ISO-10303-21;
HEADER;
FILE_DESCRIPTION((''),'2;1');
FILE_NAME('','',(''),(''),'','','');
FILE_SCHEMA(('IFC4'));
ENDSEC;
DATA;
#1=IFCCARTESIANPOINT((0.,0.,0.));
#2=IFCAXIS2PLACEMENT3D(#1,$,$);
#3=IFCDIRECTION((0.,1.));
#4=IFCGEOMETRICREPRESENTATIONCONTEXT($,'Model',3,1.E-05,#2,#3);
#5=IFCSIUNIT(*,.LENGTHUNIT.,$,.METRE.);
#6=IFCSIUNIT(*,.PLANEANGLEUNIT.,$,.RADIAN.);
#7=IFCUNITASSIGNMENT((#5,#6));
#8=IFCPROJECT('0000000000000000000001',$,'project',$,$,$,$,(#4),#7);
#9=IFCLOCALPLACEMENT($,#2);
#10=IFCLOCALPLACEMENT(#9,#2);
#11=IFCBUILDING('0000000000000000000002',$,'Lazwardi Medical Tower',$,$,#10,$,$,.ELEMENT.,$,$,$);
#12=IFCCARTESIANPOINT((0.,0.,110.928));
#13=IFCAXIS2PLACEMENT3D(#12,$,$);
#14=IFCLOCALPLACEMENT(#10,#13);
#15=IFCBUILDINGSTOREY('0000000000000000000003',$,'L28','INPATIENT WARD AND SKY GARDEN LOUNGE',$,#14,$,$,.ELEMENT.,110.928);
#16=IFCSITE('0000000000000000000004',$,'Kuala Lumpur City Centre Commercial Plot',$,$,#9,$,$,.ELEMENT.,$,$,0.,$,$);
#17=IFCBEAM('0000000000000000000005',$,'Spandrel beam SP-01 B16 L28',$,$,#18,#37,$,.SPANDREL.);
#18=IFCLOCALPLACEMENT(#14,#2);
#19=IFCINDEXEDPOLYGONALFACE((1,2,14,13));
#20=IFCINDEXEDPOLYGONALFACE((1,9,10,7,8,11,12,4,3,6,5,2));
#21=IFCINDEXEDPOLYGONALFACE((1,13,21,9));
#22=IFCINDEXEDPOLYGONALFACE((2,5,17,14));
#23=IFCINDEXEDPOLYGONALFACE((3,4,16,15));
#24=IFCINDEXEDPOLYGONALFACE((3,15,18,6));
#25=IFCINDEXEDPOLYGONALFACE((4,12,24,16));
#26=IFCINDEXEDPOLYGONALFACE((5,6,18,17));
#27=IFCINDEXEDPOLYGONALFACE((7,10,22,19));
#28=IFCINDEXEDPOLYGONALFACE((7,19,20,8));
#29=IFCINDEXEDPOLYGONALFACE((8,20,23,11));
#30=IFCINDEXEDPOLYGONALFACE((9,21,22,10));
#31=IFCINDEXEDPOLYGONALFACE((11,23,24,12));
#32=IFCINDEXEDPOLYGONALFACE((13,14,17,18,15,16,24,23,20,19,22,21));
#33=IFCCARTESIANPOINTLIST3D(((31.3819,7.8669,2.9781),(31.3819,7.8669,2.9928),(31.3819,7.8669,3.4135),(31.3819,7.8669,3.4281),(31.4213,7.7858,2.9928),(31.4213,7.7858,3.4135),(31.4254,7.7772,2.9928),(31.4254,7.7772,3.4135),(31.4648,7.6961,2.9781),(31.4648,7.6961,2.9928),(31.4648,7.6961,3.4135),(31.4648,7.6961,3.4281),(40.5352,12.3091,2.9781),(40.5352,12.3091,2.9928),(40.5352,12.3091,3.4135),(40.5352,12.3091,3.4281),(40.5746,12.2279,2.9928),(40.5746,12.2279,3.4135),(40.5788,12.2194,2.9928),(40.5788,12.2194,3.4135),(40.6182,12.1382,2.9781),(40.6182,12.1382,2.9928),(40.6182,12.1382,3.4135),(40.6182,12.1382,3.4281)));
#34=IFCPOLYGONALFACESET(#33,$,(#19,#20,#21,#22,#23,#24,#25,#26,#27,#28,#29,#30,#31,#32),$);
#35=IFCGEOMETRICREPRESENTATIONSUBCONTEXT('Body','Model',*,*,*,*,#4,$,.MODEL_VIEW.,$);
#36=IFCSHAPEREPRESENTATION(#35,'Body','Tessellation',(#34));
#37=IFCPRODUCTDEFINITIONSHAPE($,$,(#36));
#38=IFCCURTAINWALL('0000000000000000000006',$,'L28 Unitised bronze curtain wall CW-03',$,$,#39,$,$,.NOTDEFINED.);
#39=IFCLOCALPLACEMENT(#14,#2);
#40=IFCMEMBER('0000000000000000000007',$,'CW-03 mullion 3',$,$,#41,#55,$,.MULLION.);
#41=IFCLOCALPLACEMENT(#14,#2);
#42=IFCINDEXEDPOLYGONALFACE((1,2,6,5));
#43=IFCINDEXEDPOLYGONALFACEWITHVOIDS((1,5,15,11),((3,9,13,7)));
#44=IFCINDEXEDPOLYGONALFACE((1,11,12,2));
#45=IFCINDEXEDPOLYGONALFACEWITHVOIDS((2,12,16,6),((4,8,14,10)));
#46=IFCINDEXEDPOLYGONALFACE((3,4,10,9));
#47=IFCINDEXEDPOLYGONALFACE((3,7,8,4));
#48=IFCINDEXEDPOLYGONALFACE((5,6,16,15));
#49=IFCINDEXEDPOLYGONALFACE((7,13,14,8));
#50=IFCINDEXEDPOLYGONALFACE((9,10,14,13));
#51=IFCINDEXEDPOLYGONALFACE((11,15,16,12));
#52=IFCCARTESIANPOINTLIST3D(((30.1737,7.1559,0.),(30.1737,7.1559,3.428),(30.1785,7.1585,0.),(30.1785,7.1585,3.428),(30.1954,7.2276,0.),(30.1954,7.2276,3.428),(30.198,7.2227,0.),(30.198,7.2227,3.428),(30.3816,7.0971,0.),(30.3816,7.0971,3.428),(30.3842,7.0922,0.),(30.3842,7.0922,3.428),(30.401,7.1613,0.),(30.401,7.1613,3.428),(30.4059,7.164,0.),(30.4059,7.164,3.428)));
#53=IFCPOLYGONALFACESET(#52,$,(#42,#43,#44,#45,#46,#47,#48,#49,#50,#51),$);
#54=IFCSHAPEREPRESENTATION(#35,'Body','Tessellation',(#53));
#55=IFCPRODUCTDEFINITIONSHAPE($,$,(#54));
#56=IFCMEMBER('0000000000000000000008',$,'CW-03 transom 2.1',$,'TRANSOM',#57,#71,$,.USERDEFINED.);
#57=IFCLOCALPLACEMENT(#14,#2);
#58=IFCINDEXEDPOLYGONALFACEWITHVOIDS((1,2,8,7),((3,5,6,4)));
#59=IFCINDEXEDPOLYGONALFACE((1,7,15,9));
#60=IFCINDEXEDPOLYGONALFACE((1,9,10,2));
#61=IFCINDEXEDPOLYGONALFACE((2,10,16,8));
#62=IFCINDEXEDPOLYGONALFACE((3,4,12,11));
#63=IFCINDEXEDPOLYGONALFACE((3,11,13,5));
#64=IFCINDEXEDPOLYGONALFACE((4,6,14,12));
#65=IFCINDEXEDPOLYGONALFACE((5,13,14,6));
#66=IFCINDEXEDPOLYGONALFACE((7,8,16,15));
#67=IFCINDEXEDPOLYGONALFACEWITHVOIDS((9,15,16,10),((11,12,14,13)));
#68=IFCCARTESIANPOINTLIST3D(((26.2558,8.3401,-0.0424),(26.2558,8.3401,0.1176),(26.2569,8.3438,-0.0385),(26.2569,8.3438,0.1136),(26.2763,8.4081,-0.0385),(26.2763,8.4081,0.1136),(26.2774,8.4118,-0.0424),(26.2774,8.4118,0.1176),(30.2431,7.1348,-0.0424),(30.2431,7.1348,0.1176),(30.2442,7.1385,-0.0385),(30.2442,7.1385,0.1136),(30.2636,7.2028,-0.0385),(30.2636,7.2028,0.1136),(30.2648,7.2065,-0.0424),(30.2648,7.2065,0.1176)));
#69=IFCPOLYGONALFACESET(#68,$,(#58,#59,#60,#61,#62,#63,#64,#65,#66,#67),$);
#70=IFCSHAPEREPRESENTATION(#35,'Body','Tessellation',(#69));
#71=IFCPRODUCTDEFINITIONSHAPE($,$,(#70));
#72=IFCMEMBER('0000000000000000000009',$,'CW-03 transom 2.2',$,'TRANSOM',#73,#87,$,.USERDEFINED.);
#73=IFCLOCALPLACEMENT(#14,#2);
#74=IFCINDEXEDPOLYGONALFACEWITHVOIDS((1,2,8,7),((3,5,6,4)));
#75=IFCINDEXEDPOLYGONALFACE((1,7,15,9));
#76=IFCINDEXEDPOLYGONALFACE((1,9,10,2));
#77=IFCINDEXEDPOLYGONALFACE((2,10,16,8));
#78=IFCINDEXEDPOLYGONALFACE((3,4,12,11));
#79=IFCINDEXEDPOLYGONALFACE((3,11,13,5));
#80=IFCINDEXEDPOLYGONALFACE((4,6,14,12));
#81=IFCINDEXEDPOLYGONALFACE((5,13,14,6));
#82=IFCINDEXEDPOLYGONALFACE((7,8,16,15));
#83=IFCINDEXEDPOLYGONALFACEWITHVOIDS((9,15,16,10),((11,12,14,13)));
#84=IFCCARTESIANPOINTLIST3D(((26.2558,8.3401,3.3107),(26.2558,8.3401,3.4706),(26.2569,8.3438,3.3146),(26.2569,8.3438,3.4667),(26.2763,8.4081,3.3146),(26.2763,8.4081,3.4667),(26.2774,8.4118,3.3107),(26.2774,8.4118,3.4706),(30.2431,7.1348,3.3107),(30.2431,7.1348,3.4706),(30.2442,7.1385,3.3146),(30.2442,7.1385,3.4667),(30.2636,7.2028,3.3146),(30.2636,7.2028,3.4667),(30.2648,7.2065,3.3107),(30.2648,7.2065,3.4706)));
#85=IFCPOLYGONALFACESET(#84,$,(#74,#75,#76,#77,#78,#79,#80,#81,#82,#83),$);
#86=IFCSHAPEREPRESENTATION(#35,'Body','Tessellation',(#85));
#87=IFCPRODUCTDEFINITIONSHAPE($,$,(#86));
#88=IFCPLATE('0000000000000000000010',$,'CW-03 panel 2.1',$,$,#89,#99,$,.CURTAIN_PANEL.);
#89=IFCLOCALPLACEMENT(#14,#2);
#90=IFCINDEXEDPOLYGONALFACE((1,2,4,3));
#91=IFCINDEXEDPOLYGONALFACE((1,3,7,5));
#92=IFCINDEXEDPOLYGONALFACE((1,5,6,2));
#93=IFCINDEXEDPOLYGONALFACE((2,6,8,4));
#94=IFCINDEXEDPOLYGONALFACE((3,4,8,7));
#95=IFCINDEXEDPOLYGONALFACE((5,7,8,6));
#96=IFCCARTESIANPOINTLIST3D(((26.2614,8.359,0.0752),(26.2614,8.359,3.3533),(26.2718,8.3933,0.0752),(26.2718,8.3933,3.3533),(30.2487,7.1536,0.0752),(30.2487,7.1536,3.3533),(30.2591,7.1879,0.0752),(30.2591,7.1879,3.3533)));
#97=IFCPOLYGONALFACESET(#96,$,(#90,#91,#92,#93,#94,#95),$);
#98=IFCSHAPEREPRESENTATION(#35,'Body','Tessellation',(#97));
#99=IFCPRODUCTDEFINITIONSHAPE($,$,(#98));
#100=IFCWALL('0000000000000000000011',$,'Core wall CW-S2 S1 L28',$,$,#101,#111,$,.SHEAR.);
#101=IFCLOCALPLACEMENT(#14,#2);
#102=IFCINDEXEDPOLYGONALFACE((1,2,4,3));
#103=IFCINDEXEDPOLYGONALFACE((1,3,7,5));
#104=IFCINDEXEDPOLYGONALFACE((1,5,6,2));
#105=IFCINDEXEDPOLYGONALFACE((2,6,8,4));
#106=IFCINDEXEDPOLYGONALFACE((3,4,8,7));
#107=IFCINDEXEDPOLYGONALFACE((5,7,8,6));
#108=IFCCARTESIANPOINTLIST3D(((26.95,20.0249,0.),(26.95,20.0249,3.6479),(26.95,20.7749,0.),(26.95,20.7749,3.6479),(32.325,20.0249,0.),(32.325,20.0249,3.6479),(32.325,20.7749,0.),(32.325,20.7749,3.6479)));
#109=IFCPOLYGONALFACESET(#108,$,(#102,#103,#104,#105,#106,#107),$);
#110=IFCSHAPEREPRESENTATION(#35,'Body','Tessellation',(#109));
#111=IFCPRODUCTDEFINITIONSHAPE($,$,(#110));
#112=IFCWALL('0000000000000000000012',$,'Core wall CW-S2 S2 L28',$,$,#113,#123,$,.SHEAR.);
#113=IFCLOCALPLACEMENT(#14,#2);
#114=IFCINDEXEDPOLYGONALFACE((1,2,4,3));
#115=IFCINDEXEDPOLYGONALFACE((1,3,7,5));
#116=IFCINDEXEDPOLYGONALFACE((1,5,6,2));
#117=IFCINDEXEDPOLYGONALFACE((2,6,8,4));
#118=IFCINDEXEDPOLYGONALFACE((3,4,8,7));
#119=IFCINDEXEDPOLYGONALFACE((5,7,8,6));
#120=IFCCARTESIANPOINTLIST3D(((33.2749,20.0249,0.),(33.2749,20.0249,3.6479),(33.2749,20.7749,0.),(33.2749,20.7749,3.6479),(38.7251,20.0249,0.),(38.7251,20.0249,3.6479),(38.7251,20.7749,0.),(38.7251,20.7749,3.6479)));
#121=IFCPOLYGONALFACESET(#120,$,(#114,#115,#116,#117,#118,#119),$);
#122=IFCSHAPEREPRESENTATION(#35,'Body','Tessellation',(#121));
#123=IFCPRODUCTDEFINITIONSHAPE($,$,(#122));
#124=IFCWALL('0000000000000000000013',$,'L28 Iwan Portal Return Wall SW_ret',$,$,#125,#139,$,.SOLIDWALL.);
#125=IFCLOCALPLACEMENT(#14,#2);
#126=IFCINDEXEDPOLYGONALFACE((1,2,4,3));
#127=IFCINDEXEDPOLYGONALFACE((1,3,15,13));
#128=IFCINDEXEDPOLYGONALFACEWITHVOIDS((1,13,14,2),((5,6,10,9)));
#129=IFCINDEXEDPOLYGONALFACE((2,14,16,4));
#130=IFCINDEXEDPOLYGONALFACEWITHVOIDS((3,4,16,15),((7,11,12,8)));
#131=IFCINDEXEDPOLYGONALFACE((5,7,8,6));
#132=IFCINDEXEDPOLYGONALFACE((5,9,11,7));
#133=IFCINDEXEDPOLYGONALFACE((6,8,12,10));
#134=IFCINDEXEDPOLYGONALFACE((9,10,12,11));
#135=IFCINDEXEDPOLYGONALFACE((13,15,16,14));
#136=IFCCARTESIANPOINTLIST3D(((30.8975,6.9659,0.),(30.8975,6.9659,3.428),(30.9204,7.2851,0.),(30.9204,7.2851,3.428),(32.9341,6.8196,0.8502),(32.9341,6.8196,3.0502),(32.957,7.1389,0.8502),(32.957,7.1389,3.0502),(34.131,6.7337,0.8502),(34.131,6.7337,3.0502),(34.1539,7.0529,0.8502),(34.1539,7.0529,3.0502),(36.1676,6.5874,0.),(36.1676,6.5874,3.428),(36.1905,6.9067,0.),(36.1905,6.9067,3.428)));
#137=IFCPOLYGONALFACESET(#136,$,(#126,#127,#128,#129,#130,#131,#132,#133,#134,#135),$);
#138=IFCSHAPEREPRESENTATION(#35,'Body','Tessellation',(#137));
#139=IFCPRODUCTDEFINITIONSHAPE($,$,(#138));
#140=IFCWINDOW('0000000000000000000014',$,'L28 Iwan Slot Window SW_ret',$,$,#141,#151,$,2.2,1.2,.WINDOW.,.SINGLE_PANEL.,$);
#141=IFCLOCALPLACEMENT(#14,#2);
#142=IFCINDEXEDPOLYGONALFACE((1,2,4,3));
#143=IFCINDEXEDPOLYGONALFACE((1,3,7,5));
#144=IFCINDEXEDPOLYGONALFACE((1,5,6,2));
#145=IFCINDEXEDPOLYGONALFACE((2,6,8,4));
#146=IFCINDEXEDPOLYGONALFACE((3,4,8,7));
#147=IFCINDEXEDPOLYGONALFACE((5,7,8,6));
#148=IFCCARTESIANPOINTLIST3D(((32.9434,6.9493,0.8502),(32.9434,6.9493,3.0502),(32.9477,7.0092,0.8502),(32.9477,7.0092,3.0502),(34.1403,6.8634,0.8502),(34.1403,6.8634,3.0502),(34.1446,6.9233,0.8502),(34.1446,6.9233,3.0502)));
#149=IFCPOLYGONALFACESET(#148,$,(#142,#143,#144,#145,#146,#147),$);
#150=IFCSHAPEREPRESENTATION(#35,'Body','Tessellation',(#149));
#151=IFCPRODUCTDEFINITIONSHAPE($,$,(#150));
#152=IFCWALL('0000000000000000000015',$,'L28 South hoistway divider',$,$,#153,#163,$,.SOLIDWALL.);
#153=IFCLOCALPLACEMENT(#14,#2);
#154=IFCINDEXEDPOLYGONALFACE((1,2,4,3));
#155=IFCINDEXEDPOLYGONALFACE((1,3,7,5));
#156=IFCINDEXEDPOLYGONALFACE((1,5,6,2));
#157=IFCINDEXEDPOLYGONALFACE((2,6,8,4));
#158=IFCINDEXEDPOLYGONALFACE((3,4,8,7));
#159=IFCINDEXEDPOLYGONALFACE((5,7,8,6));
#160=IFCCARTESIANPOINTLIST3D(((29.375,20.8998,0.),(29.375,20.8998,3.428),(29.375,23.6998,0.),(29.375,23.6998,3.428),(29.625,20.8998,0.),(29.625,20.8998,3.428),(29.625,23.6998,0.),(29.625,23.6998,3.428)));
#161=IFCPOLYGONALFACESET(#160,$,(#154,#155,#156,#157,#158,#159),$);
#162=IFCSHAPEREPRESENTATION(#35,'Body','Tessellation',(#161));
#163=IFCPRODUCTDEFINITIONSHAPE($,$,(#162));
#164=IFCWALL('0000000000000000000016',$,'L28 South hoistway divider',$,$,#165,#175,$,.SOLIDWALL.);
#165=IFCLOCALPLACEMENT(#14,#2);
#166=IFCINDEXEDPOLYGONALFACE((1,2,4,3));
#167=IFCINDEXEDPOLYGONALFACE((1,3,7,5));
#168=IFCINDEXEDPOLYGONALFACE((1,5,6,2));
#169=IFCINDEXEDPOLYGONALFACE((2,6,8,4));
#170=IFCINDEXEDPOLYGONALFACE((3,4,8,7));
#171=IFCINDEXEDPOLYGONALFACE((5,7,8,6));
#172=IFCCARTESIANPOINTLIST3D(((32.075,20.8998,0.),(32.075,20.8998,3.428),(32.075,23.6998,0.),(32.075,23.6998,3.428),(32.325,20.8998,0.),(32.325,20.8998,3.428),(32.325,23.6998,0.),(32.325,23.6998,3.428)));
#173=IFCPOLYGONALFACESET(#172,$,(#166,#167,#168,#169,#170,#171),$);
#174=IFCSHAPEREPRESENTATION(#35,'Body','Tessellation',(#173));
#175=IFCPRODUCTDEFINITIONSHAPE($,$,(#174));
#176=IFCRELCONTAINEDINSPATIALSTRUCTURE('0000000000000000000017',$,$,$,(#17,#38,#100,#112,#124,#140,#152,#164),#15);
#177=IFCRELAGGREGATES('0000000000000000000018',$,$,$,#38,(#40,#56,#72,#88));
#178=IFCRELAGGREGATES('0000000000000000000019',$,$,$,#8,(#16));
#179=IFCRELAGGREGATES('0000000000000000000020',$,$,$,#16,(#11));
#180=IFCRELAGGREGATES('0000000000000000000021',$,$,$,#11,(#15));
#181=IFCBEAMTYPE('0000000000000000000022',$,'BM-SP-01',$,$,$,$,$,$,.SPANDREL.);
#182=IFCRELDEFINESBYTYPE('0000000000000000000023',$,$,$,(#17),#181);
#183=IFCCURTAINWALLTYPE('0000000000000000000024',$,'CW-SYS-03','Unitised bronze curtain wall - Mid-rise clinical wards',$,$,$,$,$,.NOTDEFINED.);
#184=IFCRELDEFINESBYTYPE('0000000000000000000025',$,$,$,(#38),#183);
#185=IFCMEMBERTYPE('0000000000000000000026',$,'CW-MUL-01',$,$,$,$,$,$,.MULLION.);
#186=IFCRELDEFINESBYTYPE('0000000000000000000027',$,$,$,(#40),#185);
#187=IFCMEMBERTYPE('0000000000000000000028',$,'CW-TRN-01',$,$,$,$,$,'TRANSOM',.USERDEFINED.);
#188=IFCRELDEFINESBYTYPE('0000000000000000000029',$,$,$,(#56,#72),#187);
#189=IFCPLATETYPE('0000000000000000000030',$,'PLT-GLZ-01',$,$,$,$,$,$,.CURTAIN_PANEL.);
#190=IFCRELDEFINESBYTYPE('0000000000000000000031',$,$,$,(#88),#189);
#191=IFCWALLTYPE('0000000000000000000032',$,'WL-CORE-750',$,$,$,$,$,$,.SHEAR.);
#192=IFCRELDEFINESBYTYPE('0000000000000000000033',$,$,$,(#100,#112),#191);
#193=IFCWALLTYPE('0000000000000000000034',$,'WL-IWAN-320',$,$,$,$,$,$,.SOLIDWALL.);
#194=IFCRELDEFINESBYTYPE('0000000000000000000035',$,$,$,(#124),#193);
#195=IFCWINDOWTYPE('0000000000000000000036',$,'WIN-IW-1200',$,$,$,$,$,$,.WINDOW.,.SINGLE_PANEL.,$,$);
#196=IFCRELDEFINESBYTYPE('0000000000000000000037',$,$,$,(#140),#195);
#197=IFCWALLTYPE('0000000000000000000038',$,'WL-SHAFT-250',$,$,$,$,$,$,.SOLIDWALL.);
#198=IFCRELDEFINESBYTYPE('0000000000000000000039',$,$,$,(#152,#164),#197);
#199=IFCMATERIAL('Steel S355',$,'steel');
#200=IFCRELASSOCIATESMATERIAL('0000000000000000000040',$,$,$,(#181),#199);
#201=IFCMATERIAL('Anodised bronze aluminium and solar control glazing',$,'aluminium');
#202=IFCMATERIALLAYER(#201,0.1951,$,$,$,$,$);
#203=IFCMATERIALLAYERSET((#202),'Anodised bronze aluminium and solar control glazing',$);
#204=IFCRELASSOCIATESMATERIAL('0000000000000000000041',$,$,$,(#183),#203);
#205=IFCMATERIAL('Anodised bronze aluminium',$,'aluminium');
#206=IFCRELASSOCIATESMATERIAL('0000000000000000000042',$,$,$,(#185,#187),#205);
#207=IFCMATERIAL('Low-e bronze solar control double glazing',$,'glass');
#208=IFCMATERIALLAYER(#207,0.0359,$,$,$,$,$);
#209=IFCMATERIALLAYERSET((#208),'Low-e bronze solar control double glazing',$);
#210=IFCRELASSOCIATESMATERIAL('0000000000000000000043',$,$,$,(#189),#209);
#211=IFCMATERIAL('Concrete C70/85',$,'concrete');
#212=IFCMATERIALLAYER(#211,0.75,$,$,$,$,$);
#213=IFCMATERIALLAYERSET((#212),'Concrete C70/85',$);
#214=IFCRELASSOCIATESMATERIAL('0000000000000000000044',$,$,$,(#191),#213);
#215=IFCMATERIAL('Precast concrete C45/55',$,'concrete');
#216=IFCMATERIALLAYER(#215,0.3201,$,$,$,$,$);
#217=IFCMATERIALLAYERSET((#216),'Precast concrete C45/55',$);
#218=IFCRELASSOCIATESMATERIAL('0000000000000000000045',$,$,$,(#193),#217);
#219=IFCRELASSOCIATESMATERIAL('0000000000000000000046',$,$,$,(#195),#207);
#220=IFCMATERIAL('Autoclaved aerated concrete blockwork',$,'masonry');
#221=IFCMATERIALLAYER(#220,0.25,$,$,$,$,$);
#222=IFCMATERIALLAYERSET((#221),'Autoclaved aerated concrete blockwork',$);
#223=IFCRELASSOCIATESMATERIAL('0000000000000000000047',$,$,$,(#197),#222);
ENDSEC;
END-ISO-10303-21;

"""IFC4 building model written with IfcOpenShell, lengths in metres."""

from ifc_helpers import new_model, si_unit, direction, frame, frame_2d, origin, origin_2d, place, context, subcontext, project, spatial, rectangle, hollow_rectangle, i_section, extrude, material, layer, layer_set, material_profile, profile_set, type_object, element, fill, aggregate, save


model = new_model("IFC4")

# Units and contexts
model_context = context("Model", 3, precision=1e-05, world=origin(), true_north=direction((0.0, 1.0)))
body_context = subcontext(model_context, "Body", "Model", "MODEL_VIEW")
ifc_project = project(units=[si_unit("LENGTHUNIT", "METRE"), si_unit("PLANEANGLEUNIT", "RADIAN")], contexts=[model_context])

# Site, building, storey
site_placement = place(None, origin())
site = spatial("IfcSite", under=ifc_project, at=site_placement, Name="Kuala Lumpur City Centre Commercial Plot", CompositionType="ELEMENT", RefElevation=0.0)
building_placement = place(site_placement, origin())
building = spatial("IfcBuilding", under=site, at=building_placement, Name="Lazwardi Medical Tower", CompositionType="ELEMENT")
storey_placement = place(building_placement, frame((0.0, 0.0, 110.928)))
storey = spatial("IfcBuildingStorey", under=building, at=storey_placement, Name="L28", Description="INPATIENT WARD AND SKY GARDEN LOUNGE", CompositionType="ELEMENT", Elevation=110.928)

# Shared definitions
ifc_material_1 = material(Name="Concrete C70/85", Category="concrete")

# Beam
ifc_material_2 = material(Name="Steel S355", Category="steel")
ifc_material_profile_1 = material_profile(ifc_material_2, i_section(OverallWidth=0.1899, OverallDepth=0.45, WebThickness=0.0095, FlangeThickness=0.0146, at=origin_2d()), Name="IPE 450")
ifc_profile_set_1 = profile_set([ifc_material_profile_1], Name="Steel S355")
beam_type_1 = type_object("IfcBeamType", Name="BM-SP-01", PredefinedType="SPANDREL", material=ifc_profile_set_1)
beam_1_placement = place(storey_placement, frame((31.4233, 7.7815, 3.2031), z_axis=(0.899653, 0.436605, 0.0), x_axis=(-0.436605, 0.899653, 0.0)))
element("IfcBeam", 1, at=beam_1_placement, inside=storey, type_object=beam_type_1, Name="Spandrel beam SP-01 B16 L28", PredefinedType="SPANDREL", context=body_context, shape_type="SweptSolid", body=[
    extrude(i_section(OverallWidth=0.1899, OverallDepth=0.45, WebThickness=0.0095, FlangeThickness=0.0146, at=origin_2d()), origin(), (0.0, 0.0, 1.0), 10.1743),
])

# Curtain wall, members, plate
ifc_material_3 = material(Name="Anodised bronze aluminium and solar control glazing", Category="aluminium")
ifc_layer_1 = layer(ifc_material_3, 0.1951)
ifc_layer_set_1 = layer_set([ifc_layer_1], Name="Anodised bronze aluminium and solar control glazing")
curtain_wall_type = type_object("IfcCurtainWallType", Name="CW-SYS-03", Description="Unitised bronze curtain wall - Mid-rise clinical wards", PredefinedType="NOTDEFINED", material=ifc_layer_set_1)
curtain_wall_placement = place(storey_placement, origin())
curtain_wall = element("IfcCurtainWall", 2, at=curtain_wall_placement, inside=storey, type_object=curtain_wall_type, Name="L28 Unitised bronze curtain wall CW-03", PredefinedType="NOTDEFINED")
ifc_material_4 = material(Name="Anodised bronze aluminium", Category="aluminium")
ifc_material_profile_2 = material_profile(ifc_material_4, hollow_rectangle(XDim=0.075, YDim=0.22, WallThickness=0.0039, at=origin_2d()), Name="ALU-MULLION 220x75x4")
ifc_profile_set_2 = profile_set([ifc_material_profile_2], Name="Anodised bronze aluminium")
member_type_1 = type_object("IfcMemberType", Name="CW-MUL-01", PredefinedType="MULLION", material=ifc_profile_set_2)
member_1_placement = place(storey_placement, frame((30.2898, 7.1599, 0.0), z_axis=(0.0, 0.0, 1.0), x_axis=(0.289374, 0.957216, 0.0)))
member_1 = element("IfcMember", 3, at=member_1_placement, type_object=member_type_1, Name="CW-03 mullion 3", PredefinedType="MULLION", context=body_context, shape_type="SweptSolid", body=[
    extrude(hollow_rectangle(XDim=0.075, YDim=0.22, WallThickness=0.0039, at=origin_2d()), origin(), (0.0, 0.0, 1.0), 3.428),
])
ifc_material_profile_3 = material_profile(ifc_material_4, hollow_rectangle(XDim=0.075, YDim=0.1599, WallThickness=0.0039, at=origin_2d()), Name="ALU-TRANSOM 160x75x4")
ifc_profile_set_3 = profile_set([ifc_material_profile_3], Name="Anodised bronze aluminium")
member_type_2 = type_object("IfcMemberType", Name="CW-TRN-01", ElementType="TRANSOM", PredefinedType="USERDEFINED", material=ifc_profile_set_3)
member_2_placement = place(storey_placement, frame((26.2666, 8.376, 0.0376), z_axis=(0.957221, -0.289358, 0.0), x_axis=(0.289358, 0.957221, 0.0)))
member_2 = element("IfcMember", 4, at=member_2_placement, type_object=member_type_2, Name="CW-03 transom 2.1", ObjectType="TRANSOM", PredefinedType="USERDEFINED", context=body_context, shape_type="SweptSolid", body=[
    extrude(hollow_rectangle(XDim=0.075, YDim=0.1599, WallThickness=0.0039, at=origin_2d()), origin(), (0.0, 0.0, 1.0), 4.1655),
])
member_3_placement = place(storey_placement, frame((26.2666, 8.376, 3.3906), z_axis=(0.957221, -0.289358, 0.0), x_axis=(0.289358, 0.957221, 0.0)))
member_3 = element("IfcMember", 5, at=member_3_placement, type_object=member_type_2, Name="CW-03 transom 2.2", ObjectType="TRANSOM", PredefinedType="USERDEFINED", context=body_context, shape_type="SweptSolid", body=[
    extrude(hollow_rectangle(XDim=0.075, YDim=0.1599, WallThickness=0.0039, at=origin_2d()), origin(), (0.0, 0.0, 1.0), 4.1655),
])
ifc_material_5 = material(Name="Low-e bronze solar control double glazing", Category="glass")
ifc_layer_2 = layer(ifc_material_5, 0.0359)
ifc_layer_set_2 = layer_set([ifc_layer_2], Name="Low-e bronze solar control double glazing")
plate_type = type_object("IfcPlateType", Name="PLT-GLZ-01", PredefinedType="CURTAIN_PANEL", material=ifc_layer_set_2)
plate_placement = place(storey_placement, frame((28.2603, 7.7734, 0.0752), z_axis=(0.0, 0.0, 1.0), x_axis=(0.957216, -0.289374, 0.0)))
plate = element("IfcPlate", 6, at=plate_placement, type_object=plate_type, Name="CW-03 panel 2.1", PredefinedType="CURTAIN_PANEL", context=body_context, shape_type="SweptSolid", body=[
    extrude(rectangle(XDim=4.1655, YDim=0.0359, at=origin_2d()), origin(), (0.0, 0.0, 1.0), 3.2781),
])
aggregate(curtain_wall, [member_1, member_2, member_3, plate])

# Shared definitions
ifc_layer_3 = layer(ifc_material_1, 0.75)
ifc_layer_set_3 = layer_set([ifc_layer_3], Name="Concrete C70/85")
wall_type_1 = type_object("IfcWallType", Name="WL-CORE-750", PredefinedType="SHEAR", material=ifc_layer_set_3)

# Walls
wall_1_placement = place(storey_placement, frame((26.95, 20.3999, 0.0), z_axis=(0.0, 0.0, 1.0), x_axis=(1.0, 0.0, 0.0)))
element("IfcWall", 7, at=wall_1_placement, inside=storey, type_object=wall_type_1, Name="Core wall CW-S2 S1 L28", PredefinedType="SHEAR", context=body_context, shape_type="SweptSolid", body=[
    extrude(rectangle(XDim=5.375, YDim=0.75, at=frame_2d((2.6875, 0.0))), origin(), (0.0, 0.0, 1.0), 3.6479),
])
wall_2_placement = place(storey_placement, frame((33.2749, 20.3999, 0.0), z_axis=(0.0, 0.0, 1.0), x_axis=(1.0, 0.0, 0.0)))
element("IfcWall", 8, at=wall_2_placement, inside=storey, type_object=wall_type_1, Name="Core wall CW-S2 S2 L28", PredefinedType="SHEAR", context=body_context, shape_type="SweptSolid", body=[
    extrude(rectangle(XDim=5.4502, YDim=0.75, at=frame_2d((2.7251, 0.0))), origin(), (0.0, 0.0, 1.0), 3.6479),
])

# Wall, opening, window
ifc_material_6 = material(Name="Precast concrete C45/55", Category="concrete")
ifc_layer_4 = layer(ifc_material_6, 0.3201)
ifc_layer_set_4 = layer_set([ifc_layer_4], Name="Precast concrete C45/55")
wall_type_2 = type_object("IfcWallType", Name="WL-IWAN-320", PredefinedType="SOLIDWALL", material=ifc_layer_set_4)
wall_3_placement = place(storey_placement, frame((30.9089, 7.1255, 0.0), z_axis=(0.0, 0.0, 1.0), x_axis=(0.997432, -0.071621, 0.0)))
wall_3 = element("IfcWall", 9, at=wall_3_placement, inside=storey, type_object=wall_type_2, Name="L28 Iwan Portal Return Wall SW_ret", PredefinedType="SOLIDWALL", context=body_context, shape_type="SweptSolid", body=[
    extrude(rectangle(XDim=5.2837, YDim=0.3201, at=frame_2d((2.6418, 0.0))), origin(), (0.0, 0.0, 1.0), 3.428),
])
opening_1_placement = place(wall_3_placement, frame((2.0417, 0.0, 0.8501)))
opening_1 = element("IfcOpeningElement", 10, at=opening_1_placement, cuts=wall_3, PredefinedType="OPENING", context=body_context, shape_type="SweptSolid", body=[
    extrude(rectangle(XDim=1.2, YDim=2.2, at=frame_2d((0.6001, 1.1001))), frame((0.0, 0.1699, 0.0), z_axis=(0.0, -1.0, 0.0), x_axis=(1.0, 0.0, 0.0)), (0.0, 0.0, 1.0), 0.3401),
])
window_type = type_object("IfcWindowType", Name="WIN-IW-1200", PartitioningType="SINGLE_PANEL", PredefinedType="WINDOW", material=ifc_material_5)
window_placement = place(opening_1_placement, origin())
window = element("IfcWindow", 11, at=window_placement, inside=storey, type_object=window_type, Name="L28 Iwan Slot Window SW_ret", OverallHeight=2.2, OverallWidth=1.2, PartitioningType="SINGLE_PANEL", PredefinedType="WINDOW", context=body_context, shape_type="SweptSolid", body=[
    extrude(rectangle(XDim=1.2, YDim=2.2, at=frame_2d((0.6001, 1.1001))), frame((0.0, 0.03, 0.0), z_axis=(0.0, -1.0, 0.0), x_axis=(1.0, 0.0, 0.0)), (0.0, 0.0, 1.0), 0.0601),
])
fill(opening_1, window)

# Walls
ifc_material_7 = material(Name="Autoclaved aerated concrete blockwork", Category="masonry")
ifc_layer_5 = layer(ifc_material_7, 0.25)
ifc_layer_set_5 = layer_set([ifc_layer_5], Name="Autoclaved aerated concrete blockwork")
wall_type_3 = type_object("IfcWallType", Name="WL-SHAFT-250", PredefinedType="SOLIDWALL", material=ifc_layer_set_5)
for number, where, z_axis, x_axis, name in (
    (12, (29.5, 20.8999, 0.0), (0.0, 0.0, 1.0), (0.0, 1.0, 0.0), "L28 South hoistway divider"),
    (13, (32.2, 20.8999, 0.0), (0.0, 0.0, 1.0), (0.0, 1.0, 0.0), "L28 South hoistway divider"),
):
    element("IfcWall", number, at=place(storey_placement, frame(where, z_axis=z_axis, x_axis=x_axis)), inside=storey, type_object=wall_type_3, Name=name, PredefinedType="SOLIDWALL", context=body_context, shape_type="SweptSolid", body=[
        extrude(rectangle(XDim=2.8, YDim=0.25, at=frame_2d((1.3999, 0.0))), origin(), (0.0, 0.0, 1.0), 3.428),
    ])

save(model, "model.ifc")
